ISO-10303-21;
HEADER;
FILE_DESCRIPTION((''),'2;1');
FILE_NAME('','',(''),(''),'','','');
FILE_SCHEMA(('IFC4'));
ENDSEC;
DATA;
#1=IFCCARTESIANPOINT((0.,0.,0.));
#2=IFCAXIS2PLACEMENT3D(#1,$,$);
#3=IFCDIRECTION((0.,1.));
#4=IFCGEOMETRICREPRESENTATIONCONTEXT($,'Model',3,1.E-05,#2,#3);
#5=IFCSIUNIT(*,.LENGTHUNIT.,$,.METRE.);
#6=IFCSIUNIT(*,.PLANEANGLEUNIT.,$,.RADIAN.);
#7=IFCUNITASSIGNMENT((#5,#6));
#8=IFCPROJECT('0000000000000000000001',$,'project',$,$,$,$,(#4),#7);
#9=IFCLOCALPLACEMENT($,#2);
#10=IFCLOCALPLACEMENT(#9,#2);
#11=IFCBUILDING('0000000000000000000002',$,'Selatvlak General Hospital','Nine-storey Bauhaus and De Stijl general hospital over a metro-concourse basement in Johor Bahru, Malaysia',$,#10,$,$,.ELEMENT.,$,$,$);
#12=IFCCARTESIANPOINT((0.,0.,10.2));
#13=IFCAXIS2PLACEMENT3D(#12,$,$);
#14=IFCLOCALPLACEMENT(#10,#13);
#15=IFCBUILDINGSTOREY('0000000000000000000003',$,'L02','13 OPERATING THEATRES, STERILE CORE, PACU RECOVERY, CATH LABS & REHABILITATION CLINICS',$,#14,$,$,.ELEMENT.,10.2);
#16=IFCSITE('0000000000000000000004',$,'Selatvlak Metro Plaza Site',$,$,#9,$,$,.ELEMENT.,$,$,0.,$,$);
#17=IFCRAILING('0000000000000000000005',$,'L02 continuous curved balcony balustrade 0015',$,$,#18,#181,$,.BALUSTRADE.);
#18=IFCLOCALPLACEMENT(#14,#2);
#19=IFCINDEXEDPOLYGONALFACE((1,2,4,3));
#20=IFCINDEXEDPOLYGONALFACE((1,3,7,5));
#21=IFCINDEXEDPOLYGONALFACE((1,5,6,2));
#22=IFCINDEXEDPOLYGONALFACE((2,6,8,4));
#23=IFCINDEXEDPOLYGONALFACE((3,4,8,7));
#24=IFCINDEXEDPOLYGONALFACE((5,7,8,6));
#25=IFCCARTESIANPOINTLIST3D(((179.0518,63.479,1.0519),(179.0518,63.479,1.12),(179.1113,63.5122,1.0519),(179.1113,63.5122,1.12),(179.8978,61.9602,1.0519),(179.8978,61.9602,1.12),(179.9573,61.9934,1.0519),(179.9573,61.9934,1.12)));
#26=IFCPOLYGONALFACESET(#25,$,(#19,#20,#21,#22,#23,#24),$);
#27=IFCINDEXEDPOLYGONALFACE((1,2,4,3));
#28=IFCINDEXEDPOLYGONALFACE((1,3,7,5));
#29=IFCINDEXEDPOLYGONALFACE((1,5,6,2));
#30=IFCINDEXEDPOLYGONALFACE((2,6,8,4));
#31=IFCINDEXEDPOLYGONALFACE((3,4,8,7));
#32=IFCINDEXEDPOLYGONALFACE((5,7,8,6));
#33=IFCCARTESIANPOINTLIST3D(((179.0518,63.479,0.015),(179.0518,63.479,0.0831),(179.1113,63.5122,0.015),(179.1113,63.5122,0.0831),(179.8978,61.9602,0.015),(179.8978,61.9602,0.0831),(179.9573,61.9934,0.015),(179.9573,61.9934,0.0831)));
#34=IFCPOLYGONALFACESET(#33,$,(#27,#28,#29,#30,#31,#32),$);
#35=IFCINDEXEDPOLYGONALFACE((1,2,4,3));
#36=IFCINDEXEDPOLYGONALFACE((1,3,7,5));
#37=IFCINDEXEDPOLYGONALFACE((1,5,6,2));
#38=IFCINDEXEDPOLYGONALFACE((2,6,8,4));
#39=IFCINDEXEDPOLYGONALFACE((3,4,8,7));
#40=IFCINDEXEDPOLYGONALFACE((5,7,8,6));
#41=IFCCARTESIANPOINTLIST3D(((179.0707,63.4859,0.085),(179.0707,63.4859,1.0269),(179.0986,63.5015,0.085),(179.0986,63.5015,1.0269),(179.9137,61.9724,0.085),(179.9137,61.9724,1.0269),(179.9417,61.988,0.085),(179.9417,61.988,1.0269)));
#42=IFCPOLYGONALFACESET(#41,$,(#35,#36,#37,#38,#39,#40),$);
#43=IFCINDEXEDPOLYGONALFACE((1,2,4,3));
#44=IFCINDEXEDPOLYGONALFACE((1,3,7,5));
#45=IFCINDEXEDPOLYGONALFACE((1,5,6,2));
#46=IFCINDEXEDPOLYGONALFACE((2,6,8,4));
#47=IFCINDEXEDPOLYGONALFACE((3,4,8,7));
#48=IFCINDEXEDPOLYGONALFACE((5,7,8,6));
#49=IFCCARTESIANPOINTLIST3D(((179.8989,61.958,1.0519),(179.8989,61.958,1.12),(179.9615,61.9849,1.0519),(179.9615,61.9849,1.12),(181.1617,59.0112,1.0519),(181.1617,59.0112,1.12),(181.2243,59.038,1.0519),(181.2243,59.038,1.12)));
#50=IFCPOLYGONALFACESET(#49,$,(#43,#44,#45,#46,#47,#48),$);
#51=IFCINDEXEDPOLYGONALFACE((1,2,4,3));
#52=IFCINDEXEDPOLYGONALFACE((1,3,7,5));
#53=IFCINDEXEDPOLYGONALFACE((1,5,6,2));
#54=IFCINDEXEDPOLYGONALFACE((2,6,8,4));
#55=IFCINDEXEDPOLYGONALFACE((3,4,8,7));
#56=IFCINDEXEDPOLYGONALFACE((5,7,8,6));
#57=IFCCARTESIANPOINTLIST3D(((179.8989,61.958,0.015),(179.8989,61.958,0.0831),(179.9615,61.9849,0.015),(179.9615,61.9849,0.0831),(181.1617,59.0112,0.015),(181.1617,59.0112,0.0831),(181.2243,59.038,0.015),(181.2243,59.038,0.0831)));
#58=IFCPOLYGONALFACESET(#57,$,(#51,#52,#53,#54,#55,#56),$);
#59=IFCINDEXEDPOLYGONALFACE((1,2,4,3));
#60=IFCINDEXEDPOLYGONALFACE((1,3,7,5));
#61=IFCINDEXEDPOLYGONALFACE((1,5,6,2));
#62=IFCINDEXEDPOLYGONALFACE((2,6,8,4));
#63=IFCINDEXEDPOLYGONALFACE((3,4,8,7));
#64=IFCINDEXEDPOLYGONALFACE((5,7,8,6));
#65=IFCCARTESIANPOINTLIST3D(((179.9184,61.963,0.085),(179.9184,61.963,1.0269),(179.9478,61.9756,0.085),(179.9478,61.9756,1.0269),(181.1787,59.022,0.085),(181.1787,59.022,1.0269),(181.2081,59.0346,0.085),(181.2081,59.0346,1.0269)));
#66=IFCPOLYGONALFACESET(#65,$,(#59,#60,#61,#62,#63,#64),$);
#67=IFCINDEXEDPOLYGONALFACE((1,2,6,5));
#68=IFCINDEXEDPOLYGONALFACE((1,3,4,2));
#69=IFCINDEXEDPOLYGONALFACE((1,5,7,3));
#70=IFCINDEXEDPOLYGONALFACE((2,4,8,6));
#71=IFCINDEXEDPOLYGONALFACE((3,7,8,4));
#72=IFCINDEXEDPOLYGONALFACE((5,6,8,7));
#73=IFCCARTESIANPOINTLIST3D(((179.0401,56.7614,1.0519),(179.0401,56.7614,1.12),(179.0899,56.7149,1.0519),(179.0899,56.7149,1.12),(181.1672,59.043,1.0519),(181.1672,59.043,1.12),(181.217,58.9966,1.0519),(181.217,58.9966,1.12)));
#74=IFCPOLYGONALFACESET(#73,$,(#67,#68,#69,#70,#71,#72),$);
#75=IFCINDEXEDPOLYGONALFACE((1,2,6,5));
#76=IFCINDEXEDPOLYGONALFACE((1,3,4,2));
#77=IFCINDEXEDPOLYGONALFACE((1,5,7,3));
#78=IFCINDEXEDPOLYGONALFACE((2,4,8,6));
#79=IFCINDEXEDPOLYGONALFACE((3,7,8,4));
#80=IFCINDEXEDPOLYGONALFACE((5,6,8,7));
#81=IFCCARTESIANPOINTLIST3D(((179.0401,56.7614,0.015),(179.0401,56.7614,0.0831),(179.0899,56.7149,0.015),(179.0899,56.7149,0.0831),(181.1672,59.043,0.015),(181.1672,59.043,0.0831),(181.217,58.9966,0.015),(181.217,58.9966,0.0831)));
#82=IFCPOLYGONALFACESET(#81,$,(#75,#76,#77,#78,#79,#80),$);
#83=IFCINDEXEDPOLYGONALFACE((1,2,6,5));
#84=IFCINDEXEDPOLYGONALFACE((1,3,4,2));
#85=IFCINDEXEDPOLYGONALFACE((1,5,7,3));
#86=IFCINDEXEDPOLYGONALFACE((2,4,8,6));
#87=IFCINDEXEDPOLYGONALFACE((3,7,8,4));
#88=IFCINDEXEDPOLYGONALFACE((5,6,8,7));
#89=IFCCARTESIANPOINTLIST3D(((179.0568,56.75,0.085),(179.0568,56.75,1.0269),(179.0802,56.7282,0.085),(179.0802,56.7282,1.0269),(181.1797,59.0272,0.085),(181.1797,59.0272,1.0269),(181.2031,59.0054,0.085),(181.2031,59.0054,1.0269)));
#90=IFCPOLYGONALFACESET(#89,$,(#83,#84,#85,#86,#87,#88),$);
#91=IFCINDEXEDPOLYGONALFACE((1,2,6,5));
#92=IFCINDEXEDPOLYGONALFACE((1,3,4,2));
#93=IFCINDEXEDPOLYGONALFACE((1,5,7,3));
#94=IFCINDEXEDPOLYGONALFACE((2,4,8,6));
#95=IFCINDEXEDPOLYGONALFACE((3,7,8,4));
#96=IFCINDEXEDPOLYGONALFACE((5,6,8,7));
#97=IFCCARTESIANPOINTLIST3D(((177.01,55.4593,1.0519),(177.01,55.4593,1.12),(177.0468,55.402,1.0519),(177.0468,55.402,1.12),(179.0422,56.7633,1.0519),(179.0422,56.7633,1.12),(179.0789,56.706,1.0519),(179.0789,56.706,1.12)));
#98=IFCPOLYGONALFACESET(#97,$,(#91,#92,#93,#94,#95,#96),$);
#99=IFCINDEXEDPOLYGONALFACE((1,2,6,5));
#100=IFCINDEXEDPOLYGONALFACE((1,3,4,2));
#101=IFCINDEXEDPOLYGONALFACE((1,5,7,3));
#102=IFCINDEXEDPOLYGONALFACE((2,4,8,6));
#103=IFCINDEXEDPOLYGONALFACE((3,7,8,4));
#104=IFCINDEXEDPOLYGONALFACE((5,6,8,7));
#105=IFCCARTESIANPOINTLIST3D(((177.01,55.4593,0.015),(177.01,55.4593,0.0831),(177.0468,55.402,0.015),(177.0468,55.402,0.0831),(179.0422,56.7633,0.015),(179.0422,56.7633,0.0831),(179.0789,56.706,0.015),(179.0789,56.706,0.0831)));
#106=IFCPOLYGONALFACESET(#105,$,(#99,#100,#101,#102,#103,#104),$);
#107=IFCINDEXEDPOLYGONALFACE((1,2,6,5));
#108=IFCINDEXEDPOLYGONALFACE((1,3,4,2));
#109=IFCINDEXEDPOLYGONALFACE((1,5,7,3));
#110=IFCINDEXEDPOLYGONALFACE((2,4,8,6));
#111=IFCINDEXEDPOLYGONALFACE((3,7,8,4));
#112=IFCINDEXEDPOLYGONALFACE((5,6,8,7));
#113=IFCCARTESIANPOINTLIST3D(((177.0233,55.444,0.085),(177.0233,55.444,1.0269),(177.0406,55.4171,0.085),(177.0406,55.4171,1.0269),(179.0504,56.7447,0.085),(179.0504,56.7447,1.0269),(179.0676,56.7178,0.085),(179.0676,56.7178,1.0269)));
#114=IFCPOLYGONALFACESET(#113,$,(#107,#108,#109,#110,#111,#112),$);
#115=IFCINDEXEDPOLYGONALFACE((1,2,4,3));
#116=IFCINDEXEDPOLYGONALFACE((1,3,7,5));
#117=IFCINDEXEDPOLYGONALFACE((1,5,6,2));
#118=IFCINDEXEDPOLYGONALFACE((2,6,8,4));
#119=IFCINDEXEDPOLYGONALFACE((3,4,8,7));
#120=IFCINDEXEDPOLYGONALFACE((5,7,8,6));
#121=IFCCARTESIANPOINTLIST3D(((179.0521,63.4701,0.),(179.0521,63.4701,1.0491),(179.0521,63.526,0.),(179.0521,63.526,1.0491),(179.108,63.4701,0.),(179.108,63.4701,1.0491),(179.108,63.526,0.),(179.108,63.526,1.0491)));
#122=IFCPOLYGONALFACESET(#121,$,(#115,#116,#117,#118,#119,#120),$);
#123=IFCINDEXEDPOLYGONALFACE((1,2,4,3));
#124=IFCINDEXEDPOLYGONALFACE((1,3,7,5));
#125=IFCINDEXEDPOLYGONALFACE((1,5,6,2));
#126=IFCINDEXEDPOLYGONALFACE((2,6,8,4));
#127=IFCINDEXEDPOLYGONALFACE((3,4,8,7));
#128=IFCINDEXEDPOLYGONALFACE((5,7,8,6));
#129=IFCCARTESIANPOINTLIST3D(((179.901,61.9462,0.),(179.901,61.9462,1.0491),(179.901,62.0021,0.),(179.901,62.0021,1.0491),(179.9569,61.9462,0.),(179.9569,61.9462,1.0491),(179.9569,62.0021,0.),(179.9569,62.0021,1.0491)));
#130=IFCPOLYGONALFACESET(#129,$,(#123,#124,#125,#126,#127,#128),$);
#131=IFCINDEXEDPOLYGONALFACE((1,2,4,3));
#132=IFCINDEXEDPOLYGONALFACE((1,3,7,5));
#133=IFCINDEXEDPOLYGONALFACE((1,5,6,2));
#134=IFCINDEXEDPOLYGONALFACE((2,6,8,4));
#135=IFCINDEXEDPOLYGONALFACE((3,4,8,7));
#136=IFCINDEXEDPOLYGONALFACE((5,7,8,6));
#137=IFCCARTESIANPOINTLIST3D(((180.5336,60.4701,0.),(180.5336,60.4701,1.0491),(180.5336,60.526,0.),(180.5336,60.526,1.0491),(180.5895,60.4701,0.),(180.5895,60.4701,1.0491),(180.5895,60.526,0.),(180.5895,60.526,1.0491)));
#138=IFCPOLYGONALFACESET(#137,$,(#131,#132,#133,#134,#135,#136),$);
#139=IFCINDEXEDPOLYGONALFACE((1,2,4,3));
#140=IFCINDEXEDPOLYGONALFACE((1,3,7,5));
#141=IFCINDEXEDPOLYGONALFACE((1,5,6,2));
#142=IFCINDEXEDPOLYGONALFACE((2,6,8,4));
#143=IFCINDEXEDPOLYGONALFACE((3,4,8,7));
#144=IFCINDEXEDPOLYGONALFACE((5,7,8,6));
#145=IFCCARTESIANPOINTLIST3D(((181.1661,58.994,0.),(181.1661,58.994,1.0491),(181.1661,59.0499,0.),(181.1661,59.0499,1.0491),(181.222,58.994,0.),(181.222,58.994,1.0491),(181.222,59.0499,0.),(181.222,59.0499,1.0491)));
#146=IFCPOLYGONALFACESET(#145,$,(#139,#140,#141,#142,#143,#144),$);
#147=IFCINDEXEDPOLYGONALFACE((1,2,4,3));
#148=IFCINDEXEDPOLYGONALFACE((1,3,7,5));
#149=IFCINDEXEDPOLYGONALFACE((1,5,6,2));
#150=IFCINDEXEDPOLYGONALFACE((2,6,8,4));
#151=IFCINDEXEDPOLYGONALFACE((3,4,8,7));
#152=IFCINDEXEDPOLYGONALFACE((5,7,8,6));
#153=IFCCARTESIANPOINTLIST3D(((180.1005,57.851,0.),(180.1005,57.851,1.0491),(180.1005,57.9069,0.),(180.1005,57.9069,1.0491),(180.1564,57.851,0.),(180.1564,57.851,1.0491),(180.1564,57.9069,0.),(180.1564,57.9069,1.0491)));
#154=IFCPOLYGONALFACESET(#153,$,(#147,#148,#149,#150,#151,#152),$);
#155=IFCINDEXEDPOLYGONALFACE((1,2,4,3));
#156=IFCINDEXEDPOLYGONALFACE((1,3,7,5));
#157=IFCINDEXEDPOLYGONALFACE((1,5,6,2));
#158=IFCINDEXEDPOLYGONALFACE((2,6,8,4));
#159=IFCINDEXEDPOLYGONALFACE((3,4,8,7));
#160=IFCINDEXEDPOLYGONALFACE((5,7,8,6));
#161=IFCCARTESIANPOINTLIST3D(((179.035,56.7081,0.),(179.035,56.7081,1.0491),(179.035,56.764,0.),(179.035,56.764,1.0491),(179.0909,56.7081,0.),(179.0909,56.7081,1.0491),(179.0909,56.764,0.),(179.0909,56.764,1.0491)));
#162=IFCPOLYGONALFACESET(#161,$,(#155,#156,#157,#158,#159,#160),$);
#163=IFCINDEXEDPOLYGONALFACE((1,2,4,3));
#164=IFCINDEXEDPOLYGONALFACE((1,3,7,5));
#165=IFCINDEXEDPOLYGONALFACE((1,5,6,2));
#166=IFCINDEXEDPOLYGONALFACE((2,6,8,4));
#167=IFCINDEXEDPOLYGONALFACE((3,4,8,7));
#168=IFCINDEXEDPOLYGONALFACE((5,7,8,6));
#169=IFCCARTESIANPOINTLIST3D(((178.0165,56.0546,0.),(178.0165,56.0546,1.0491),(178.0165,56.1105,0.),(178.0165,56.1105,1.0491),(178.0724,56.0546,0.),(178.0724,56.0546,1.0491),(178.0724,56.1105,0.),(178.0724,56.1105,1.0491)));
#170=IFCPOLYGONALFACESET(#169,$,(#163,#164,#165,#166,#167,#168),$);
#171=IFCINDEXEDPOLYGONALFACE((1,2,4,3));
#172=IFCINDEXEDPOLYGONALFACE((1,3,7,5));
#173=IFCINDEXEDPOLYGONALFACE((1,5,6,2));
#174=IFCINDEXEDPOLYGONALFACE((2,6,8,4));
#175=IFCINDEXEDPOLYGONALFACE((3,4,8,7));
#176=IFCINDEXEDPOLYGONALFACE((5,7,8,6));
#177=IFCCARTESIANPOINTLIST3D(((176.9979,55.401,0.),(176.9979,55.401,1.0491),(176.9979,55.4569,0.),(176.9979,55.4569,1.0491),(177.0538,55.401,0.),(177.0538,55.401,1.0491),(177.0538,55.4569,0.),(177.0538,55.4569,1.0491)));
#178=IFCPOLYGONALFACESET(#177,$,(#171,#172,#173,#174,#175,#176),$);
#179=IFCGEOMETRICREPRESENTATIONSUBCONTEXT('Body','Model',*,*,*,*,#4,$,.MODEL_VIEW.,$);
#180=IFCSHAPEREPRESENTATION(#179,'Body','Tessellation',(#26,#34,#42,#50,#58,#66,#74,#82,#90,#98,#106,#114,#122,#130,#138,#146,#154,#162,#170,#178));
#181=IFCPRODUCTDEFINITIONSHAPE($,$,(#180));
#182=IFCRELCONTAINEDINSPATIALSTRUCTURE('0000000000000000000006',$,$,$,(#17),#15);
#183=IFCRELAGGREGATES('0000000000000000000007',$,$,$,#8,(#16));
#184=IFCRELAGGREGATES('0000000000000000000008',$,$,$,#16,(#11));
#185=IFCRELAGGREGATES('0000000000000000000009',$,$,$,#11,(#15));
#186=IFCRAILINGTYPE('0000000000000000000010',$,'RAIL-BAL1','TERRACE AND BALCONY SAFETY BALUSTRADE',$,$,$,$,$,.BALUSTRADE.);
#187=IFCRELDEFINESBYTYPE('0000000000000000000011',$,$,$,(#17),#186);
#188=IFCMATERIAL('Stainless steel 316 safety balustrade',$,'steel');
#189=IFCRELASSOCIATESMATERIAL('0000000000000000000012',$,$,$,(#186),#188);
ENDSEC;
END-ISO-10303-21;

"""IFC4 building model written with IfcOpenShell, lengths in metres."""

from ifc_helpers import new_model, si_unit, direction, frame, origin, origin_2d, place, context, subcontext, project, spatial, polyline, rectangle, outline, extrude, material, type_object, element, save


model = new_model("IFC4")

# Units and contexts
model_context = context("Model", 3, precision=1e-05, world=origin(), true_north=direction((0.0, 1.0)))
body_context = subcontext(model_context, "Body", "Model", "MODEL_VIEW")
ifc_project = project(units=[si_unit("LENGTHUNIT", "METRE"), si_unit("PLANEANGLEUNIT", "RADIAN")], contexts=[model_context])

# Site, building, storey
site_placement = place(None, origin())
site = spatial("IfcSite", under=ifc_project, at=site_placement, Name="Selatvlak Metro Plaza Site", CompositionType="ELEMENT", RefElevation=0.0)
building_placement = place(site_placement, origin())
building = spatial("IfcBuilding", under=site, at=building_placement, Name="Selatvlak General Hospital", Description="Nine-storey Bauhaus and De Stijl general hospital over a metro-concourse basement in Johor Bahru, Malaysia", CompositionType="ELEMENT")
storey_placement = place(building_placement, frame((0.0, 0.0, 10.2)))
storey = spatial("IfcBuildingStorey", under=building, at=storey_placement, Name="L02", Description="13 OPERATING THEATRES, STERILE CORE, PACU RECOVERY, CATH LABS & REHABILITATION CLINICS", CompositionType="ELEMENT", Elevation=10.2)

# Railing
ifc_material_1 = material(Name="Stainless steel 316 safety balustrade", Category="steel")
railing_type = type_object("IfcRailingType", Name="RAIL-BAL1", Description="TERRACE AND BALCONY SAFETY BALUSTRADE", PredefinedType="BALUSTRADE", material=ifc_material_1)
railing_placement = place(storey_placement, frame((179.0801, 63.498, 0.0)))
element("IfcRailing", 1, at=railing_placement, inside=storey, type_object=railing_type, Name="L02 continuous curved balcony balustrade 0015", PredefinedType="BALUSTRADE", context=body_context, shape_type="SweptSolid", body=[
    extrude(rectangle(XDim=0.0681, YDim=0.0681, at=origin_2d()), frame((0.0015, -0.0024, 1.0859), z_axis=(0.486629, -0.873609, 0.0), x_axis=(0.873609, 0.486629, 0.0)), (0.0, 0.0, 1.0), 1.7385),
    extrude(rectangle(XDim=0.0681, YDim=0.0681, at=origin_2d()), frame((0.0015, -0.0024, 0.0491), z_axis=(0.486629, -0.873609, 0.0), x_axis=(0.873609, 0.486629, 0.0)), (0.0, 0.0, 1.0), 1.7385),
    extrude(outline(polyline([(0.0, 0.0), (1.7324, 0.0), (1.7324, 0.9419), (0.0, 0.9419), (0.0, 0.0)])), frame((0.0186, 0.0034, 0.085), z_axis=(-0.873609, -0.486629, 0.0), x_axis=(0.486629, -0.873609, 0.0)), (0.0, 0.0, 1.0), 0.032),
    extrude(rectangle(XDim=0.0681, YDim=0.0681, at=origin_2d()), frame((0.8501, -1.5266, 1.0859), z_axis=(0.393901, -0.919153, 0.0), x_axis=(0.919153, 0.393901, 0.0)), (0.0, 0.0, 1.0), 3.2061),
    extrude(rectangle(XDim=0.0681, YDim=0.0681, at=origin_2d()), frame((0.8501, -1.5266, 0.0491), z_axis=(0.393901, -0.919153, 0.0), x_axis=(0.919153, 0.393901, 0.0)), (0.0, 0.0, 1.0), 3.2061),
    extrude(outline(polyline([(0.0, 0.0), (3.1997, 0.0), (3.1997, 0.9419), (0.0, 0.9419), (0.0, 0.0)])), frame((0.8677, -1.5225, 0.085), z_axis=(-0.919153, -0.393901, 0.0), x_axis=(0.393901, -0.919153, 0.0)), (0.0, 0.0, 1.0), 0.032),
    extrude(rectangle(XDim=0.0681, YDim=0.0681, at=origin_2d()), frame((2.1121, -4.4783, 1.0859), z_axis=(-0.681909, -0.731437, 0.0), x_axis=(0.731437, -0.681909, 0.0)), (0.0, 0.0, 1.0), 3.1194),
    extrude(rectangle(XDim=0.0681, YDim=0.0681, at=origin_2d()), frame((2.1121, -4.4783, 0.0491), z_axis=(-0.681909, -0.731437, 0.0), x_axis=(0.731437, -0.681909, 0.0)), (0.0, 0.0, 1.0), 3.1194),
    extrude(outline(polyline([(0.0, 0.0), (3.1133, 0.0), (3.1133, 0.9419), (0.0, 0.9419), (0.0, 0.0)])), frame((2.123, -4.4927, 0.085), z_axis=(-0.731437, 0.681909, 0.0), x_axis=(-0.681909, -0.731437, 0.0)), (0.0, 0.0, 1.0), 0.032),
    extrude(rectangle(XDim=0.0681, YDim=0.0681, at=origin_2d()), frame((-0.0195, -6.7634, 1.0859), z_axis=(-0.841637, -0.540044, 0.0), x_axis=(0.540044, -0.841637, 0.0)), (0.0, 0.0, 1.0), 2.4146),
    extrude(rectangle(XDim=0.0681, YDim=0.0681, at=origin_2d()), frame((-0.0195, -6.7634, 0.0491), z_axis=(-0.841637, -0.540044, 0.0), x_axis=(0.540044, -0.841637, 0.0)), (0.0, 0.0, 1.0), 2.4146),
    extrude(outline(polyline([(0.0, 0.0), (2.4084, 0.0), (2.4084, 0.9419), (0.0, 0.9419), (0.0, 0.0)])), frame((-0.0125, -6.7803, 0.085), z_axis=(-0.540044, 0.841637, 0.0), x_axis=(-0.841637, -0.540044, 0.0)), (0.0, 0.0, 1.0), 0.032),
    extrude(rectangle(XDim=0.0559, YDim=0.0559, at=origin_2d()), origin(), (0.0, 0.0, 1.0), 1.0491),
    extrude(rectangle(XDim=0.0559, YDim=0.0559, at=origin_2d()), frame((0.8489, -1.5239, 0.0)), (0.0, 0.0, 1.0), 1.0491),
    extrude(rectangle(XDim=0.0559, YDim=0.0559, at=origin_2d()), frame((1.4814, -3.0, 0.0)), (0.0, 0.0, 1.0), 1.0491),
    extrude(rectangle(XDim=0.0559, YDim=0.0559, at=origin_2d()), frame((2.114, -4.4761, 0.0)), (0.0, 0.0, 1.0), 1.0491),
    extrude(rectangle(XDim=0.0559, YDim=0.0559, at=origin_2d()), frame((1.0483, -5.6191, 0.0)), (0.0, 0.0, 1.0), 1.0491),
    extrude(rectangle(XDim=0.0559, YDim=0.0559, at=origin_2d()), frame((-0.0171, -6.762, 0.0)), (0.0, 0.0, 1.0), 1.0491),
    extrude(rectangle(XDim=0.0559, YDim=0.0559, at=origin_2d()), frame((-1.0356, -7.4155, 0.0)), (0.0, 0.0, 1.0), 1.0491),
    extrude(rectangle(XDim=0.0559, YDim=0.0559, at=origin_2d()), frame((-2.0542, -8.0691, 0.0)), (0.0, 0.0, 1.0), 1.0491),
])

save(model, "model.ifc")
